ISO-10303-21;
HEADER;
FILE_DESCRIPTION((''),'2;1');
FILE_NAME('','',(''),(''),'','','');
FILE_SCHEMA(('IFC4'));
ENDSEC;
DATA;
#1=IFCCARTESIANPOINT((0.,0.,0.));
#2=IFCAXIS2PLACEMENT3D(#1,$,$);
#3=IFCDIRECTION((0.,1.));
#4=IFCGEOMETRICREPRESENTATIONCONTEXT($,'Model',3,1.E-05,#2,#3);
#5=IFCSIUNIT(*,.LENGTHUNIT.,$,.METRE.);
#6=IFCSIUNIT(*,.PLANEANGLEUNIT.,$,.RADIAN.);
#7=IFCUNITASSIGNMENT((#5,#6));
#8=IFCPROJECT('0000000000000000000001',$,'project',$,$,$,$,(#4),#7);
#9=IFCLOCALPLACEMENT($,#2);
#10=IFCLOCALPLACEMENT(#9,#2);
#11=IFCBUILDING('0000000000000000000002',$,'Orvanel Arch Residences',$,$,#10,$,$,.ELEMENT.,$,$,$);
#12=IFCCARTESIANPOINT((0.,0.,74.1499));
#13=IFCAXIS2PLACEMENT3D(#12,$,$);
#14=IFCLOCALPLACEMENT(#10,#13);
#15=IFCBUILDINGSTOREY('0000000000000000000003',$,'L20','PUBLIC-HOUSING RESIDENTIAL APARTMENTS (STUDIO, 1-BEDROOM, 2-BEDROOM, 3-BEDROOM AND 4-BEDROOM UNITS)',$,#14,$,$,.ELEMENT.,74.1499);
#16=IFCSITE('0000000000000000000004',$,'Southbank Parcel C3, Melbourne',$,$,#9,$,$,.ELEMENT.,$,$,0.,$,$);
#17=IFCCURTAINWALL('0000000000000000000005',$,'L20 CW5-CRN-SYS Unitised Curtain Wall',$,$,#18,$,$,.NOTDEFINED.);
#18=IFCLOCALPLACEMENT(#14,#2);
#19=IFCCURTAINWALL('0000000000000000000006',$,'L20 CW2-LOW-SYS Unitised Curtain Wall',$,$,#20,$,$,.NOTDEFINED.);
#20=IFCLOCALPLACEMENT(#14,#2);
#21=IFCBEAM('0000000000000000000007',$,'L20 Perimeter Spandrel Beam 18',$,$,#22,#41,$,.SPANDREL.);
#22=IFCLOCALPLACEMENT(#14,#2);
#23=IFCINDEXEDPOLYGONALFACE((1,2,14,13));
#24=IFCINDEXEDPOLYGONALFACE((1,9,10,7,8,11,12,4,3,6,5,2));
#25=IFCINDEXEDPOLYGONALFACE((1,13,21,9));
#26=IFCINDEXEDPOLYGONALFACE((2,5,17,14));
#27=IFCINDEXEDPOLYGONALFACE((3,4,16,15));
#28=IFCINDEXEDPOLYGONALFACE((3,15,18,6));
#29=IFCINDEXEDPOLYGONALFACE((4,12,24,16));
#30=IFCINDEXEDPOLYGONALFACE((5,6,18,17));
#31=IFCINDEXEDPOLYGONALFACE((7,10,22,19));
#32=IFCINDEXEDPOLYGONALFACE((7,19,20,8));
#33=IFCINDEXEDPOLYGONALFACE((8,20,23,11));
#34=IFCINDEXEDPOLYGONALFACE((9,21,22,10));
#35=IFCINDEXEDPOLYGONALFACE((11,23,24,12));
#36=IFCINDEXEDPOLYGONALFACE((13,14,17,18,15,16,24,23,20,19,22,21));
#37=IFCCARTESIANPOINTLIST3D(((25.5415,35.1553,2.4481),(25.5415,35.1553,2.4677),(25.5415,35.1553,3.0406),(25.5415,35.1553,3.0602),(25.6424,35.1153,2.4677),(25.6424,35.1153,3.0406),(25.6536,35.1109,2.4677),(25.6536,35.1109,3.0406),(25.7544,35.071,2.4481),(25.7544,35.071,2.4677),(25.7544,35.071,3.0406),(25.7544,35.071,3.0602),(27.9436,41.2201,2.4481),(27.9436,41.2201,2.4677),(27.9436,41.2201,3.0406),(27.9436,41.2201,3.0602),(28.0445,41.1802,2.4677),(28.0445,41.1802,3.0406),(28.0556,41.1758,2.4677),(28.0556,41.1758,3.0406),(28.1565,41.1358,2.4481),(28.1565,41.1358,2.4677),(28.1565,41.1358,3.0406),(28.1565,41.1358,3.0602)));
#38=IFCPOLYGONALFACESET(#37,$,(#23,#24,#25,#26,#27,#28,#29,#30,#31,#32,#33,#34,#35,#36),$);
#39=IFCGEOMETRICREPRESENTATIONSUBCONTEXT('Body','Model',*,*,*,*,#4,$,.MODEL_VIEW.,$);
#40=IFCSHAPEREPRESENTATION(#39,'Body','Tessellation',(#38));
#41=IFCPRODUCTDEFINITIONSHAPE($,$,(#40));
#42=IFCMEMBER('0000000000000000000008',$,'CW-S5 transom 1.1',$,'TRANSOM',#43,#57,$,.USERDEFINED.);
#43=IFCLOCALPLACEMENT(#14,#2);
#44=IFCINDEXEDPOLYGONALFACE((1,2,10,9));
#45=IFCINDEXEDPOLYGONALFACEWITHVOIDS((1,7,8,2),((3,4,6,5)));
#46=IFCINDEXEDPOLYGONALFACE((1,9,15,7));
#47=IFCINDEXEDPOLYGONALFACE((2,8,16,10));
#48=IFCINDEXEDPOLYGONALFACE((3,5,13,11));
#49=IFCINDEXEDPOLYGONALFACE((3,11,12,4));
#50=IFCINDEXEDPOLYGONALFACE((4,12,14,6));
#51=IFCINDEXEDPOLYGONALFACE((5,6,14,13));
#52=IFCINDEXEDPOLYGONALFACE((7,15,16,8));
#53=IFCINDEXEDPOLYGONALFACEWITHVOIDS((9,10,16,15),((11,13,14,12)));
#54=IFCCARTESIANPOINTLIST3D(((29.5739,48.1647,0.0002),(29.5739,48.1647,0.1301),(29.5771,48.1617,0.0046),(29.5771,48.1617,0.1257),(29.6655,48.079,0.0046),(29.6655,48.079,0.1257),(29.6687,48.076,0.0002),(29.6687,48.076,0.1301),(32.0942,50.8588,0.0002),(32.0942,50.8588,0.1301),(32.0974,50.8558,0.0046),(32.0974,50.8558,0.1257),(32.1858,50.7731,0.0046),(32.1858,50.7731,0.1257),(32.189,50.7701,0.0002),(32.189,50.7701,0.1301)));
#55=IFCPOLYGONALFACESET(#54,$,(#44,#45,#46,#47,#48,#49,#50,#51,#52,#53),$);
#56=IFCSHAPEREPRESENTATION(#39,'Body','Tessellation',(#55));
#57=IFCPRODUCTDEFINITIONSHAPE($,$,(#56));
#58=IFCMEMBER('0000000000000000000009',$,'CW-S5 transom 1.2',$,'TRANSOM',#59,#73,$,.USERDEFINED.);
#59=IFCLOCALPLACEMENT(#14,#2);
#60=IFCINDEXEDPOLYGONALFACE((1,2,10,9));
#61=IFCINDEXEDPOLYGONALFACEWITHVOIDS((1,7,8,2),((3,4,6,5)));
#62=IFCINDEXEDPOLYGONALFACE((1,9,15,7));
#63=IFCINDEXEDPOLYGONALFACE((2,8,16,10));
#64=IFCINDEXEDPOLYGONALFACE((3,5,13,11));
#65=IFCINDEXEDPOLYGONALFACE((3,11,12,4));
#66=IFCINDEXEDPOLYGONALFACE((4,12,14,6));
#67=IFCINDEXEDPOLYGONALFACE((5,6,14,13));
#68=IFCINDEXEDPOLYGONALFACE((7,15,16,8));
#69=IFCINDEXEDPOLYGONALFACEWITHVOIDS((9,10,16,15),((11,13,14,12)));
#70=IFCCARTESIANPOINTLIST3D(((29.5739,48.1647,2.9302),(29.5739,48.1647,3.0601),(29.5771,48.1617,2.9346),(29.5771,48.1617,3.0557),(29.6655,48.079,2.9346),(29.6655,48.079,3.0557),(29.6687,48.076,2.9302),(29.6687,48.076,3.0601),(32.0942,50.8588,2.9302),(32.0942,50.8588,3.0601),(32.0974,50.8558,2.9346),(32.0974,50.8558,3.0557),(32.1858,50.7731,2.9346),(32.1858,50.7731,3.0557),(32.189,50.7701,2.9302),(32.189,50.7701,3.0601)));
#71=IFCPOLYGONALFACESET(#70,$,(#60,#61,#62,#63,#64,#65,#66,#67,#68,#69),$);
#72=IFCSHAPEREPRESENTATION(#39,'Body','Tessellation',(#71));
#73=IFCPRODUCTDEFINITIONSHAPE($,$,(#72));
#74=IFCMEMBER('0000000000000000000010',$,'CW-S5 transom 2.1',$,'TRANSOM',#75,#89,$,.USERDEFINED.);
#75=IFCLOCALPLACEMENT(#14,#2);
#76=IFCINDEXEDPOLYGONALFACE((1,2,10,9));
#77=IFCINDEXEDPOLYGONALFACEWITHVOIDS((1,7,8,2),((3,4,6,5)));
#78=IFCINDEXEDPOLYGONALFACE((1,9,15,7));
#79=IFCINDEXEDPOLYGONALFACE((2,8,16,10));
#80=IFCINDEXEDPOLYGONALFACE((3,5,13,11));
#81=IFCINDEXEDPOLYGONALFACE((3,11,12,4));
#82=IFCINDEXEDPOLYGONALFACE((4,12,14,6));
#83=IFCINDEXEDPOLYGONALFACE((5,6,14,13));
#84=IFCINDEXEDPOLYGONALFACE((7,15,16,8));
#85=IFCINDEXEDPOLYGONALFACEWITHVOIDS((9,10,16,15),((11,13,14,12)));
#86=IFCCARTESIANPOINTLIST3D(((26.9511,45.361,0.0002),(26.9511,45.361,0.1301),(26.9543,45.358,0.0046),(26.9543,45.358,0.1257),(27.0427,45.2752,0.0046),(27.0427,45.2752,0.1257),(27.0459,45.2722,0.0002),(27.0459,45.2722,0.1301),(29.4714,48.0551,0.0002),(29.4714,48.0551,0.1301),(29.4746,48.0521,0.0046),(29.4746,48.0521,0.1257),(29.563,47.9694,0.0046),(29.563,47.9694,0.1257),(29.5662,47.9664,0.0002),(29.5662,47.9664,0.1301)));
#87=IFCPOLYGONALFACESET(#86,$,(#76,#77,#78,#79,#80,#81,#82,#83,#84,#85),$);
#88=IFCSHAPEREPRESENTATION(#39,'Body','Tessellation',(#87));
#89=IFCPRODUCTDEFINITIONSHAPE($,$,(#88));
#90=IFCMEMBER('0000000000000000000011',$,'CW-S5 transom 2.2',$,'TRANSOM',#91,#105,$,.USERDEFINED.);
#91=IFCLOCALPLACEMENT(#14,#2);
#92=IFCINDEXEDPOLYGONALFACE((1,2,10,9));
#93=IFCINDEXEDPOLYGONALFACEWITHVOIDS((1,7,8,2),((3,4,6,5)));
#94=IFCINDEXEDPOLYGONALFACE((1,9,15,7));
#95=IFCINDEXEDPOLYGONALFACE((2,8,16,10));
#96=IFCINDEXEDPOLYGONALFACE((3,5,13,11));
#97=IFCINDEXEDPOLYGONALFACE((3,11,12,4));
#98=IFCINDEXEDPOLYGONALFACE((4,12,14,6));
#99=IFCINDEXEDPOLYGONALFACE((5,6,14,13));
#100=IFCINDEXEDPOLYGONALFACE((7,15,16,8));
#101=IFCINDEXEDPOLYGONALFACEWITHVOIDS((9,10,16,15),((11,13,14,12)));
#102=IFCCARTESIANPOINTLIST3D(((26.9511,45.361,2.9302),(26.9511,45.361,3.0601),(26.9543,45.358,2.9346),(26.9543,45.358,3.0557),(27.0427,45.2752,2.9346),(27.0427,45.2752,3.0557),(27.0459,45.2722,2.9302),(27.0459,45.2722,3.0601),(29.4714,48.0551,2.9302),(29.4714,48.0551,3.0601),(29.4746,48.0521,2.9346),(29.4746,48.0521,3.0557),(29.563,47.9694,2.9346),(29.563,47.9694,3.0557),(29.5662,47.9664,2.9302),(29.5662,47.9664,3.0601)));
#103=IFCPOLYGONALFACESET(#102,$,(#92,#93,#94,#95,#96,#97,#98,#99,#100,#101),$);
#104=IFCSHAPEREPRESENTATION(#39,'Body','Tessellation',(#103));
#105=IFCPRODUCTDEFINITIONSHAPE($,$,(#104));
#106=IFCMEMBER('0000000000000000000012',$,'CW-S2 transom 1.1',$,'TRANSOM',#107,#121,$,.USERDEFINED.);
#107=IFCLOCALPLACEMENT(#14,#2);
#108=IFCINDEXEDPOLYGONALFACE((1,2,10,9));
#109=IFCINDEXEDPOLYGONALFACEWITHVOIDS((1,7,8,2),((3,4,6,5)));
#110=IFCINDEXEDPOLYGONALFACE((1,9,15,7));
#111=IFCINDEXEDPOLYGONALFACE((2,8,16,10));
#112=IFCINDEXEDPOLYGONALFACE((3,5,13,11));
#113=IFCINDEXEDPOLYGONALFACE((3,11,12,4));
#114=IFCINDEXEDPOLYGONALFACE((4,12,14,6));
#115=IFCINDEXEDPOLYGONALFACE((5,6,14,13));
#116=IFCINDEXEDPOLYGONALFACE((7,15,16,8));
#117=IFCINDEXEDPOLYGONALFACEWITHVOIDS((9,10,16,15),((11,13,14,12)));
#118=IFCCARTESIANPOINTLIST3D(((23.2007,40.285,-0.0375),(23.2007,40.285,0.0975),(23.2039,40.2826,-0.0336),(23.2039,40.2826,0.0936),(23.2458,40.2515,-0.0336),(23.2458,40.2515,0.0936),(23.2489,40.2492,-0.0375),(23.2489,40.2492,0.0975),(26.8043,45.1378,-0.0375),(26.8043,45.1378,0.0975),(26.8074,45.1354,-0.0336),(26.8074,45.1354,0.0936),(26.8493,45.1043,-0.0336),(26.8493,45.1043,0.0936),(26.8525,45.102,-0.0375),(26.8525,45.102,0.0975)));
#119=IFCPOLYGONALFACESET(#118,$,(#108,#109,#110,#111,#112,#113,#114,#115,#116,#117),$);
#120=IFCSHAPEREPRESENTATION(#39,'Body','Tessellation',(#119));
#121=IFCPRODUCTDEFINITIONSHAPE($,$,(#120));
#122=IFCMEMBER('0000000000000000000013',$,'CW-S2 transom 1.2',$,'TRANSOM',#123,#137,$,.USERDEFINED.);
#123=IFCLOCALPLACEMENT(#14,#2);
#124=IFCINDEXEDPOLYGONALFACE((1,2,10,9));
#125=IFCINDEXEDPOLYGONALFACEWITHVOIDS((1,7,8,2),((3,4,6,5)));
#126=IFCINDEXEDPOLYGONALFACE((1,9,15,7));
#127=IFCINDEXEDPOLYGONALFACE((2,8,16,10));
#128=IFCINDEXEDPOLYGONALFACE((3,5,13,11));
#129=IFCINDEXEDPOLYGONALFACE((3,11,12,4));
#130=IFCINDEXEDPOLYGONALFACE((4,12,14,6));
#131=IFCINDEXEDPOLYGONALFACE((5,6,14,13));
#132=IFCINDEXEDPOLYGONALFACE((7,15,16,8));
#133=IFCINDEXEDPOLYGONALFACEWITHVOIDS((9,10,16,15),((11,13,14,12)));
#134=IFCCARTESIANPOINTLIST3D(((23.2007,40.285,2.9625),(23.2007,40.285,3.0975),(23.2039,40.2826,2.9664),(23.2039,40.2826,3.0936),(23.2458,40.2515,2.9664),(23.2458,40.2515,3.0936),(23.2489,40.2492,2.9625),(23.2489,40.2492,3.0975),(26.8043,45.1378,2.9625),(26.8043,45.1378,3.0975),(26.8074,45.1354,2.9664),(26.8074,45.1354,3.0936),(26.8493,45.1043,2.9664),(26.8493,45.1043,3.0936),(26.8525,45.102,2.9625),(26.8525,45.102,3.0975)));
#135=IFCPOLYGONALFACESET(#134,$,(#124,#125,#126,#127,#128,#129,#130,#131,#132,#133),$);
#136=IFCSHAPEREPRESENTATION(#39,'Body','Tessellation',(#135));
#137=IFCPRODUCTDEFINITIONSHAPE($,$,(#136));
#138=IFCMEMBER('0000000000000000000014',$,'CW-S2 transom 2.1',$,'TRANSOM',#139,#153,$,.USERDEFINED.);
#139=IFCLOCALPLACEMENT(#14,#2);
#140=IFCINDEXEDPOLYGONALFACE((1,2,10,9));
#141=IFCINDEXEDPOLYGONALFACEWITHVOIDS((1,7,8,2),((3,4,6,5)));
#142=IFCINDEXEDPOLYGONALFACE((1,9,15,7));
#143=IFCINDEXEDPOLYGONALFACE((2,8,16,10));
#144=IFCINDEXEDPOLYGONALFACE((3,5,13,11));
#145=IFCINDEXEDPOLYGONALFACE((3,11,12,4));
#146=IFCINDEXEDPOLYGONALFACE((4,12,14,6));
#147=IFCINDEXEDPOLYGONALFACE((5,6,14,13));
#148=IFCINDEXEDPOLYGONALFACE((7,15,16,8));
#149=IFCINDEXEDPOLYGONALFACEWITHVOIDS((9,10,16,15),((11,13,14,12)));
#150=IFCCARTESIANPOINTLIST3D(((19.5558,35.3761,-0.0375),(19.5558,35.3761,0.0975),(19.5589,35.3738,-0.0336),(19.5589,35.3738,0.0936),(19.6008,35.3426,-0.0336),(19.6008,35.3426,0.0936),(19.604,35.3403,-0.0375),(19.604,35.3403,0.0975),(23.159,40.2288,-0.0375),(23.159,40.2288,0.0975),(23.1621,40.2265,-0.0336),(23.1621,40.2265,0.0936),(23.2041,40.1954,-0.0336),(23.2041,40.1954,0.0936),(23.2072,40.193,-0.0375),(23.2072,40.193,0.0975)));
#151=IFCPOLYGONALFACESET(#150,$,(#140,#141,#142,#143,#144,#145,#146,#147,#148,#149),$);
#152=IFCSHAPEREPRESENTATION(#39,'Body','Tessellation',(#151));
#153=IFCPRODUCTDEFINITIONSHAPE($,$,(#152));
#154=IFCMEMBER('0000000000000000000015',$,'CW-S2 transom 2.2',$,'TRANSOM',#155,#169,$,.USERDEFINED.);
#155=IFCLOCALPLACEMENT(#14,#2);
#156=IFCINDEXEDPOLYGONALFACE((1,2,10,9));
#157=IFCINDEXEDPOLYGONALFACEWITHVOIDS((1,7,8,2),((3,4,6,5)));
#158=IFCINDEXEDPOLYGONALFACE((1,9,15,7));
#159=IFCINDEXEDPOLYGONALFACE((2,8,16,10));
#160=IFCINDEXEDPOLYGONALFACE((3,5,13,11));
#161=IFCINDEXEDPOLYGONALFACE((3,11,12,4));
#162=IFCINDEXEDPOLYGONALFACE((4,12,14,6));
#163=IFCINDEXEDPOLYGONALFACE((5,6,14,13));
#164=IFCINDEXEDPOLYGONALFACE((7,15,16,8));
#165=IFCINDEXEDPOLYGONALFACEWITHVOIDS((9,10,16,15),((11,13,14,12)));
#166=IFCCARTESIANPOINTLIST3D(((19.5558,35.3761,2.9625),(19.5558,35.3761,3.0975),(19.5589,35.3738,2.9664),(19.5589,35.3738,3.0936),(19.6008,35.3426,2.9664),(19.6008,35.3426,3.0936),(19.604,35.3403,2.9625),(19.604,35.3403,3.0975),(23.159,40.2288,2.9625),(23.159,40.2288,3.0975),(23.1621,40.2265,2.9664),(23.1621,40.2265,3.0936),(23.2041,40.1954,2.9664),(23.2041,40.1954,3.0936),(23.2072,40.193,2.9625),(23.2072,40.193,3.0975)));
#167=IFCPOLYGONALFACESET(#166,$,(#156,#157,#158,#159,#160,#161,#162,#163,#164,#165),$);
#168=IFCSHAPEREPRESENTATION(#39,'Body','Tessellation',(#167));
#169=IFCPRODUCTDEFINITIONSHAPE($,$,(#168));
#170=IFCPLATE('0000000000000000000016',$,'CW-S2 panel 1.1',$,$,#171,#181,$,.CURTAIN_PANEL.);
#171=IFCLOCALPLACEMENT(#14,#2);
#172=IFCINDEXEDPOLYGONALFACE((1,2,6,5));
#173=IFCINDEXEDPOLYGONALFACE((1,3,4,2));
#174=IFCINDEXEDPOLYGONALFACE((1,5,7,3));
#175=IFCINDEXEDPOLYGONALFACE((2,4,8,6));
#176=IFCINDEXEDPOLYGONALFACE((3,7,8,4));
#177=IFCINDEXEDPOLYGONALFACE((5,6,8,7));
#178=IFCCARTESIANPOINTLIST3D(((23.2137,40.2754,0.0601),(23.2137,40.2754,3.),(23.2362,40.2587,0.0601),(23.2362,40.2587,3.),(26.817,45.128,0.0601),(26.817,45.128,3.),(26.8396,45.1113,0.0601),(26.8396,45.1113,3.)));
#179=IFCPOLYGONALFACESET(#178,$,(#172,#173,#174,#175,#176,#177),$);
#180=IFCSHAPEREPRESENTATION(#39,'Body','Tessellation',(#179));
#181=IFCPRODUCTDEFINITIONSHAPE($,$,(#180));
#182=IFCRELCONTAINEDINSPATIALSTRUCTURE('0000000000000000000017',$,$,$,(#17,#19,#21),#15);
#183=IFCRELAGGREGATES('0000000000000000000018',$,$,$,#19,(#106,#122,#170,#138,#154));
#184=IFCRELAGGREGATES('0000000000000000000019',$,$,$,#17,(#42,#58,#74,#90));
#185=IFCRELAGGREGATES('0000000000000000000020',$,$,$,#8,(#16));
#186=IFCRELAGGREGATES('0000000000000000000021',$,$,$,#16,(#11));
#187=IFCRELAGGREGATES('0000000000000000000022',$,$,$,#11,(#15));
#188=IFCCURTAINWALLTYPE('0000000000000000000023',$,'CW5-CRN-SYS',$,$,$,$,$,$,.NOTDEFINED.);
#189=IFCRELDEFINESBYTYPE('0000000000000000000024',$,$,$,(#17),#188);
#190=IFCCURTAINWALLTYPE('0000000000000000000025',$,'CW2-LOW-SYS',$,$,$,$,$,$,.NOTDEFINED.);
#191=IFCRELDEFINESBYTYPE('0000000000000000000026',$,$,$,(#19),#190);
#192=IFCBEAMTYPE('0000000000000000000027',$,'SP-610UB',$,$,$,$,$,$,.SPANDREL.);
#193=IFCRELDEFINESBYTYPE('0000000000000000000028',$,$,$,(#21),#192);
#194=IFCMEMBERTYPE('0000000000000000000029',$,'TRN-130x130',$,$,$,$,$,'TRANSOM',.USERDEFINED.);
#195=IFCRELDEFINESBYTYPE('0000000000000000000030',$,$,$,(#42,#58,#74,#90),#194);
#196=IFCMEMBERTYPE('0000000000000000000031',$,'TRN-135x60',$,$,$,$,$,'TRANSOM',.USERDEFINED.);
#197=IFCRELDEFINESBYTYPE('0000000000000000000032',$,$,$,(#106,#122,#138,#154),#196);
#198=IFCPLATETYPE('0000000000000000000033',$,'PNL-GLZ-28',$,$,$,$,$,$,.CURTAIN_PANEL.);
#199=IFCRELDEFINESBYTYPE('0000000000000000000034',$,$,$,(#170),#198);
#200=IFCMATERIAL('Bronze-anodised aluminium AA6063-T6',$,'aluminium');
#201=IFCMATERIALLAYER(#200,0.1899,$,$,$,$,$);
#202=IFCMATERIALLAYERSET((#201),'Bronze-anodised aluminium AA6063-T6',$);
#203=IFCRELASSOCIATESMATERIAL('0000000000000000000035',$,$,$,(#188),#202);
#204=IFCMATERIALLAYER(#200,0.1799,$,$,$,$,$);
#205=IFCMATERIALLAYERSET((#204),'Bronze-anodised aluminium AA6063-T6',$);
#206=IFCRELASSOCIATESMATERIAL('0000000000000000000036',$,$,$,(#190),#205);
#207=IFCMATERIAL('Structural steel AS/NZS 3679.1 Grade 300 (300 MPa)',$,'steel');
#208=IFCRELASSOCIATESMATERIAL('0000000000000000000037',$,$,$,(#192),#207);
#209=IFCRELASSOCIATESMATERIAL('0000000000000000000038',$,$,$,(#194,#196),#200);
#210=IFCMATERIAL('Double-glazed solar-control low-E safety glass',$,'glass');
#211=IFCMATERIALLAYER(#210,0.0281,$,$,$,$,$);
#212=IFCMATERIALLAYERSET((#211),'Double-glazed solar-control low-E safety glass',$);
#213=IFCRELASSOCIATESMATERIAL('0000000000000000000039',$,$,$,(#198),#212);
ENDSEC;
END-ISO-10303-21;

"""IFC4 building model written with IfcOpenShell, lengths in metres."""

from ifc_helpers import new_model, si_unit, direction, frame, origin, origin_2d, place, context, subcontext, project, spatial, rectangle, hollow_rectangle, i_section, extrude, material, layer, layer_set, material_profile, profile_set, type_object, element, aggregate, save


model = new_model("IFC4")

# Units and contexts
model_context = context("Model", 3, precision=1e-05, world=origin(), true_north=direction((0.0, 1.0)))
body_context = subcontext(model_context, "Body", "Model", "MODEL_VIEW")
ifc_project = project(units=[si_unit("LENGTHUNIT", "METRE"), si_unit("PLANEANGLEUNIT", "RADIAN")], contexts=[model_context])

# Site, building, storey
site_placement = place(None, origin())
site = spatial("IfcSite", under=ifc_project, at=site_placement, Name="Southbank Parcel C3, Melbourne", CompositionType="ELEMENT", RefElevation=0.0)
building_placement = place(site_placement, origin())
building = spatial("IfcBuilding", under=site, at=building_placement, Name="Orvanel Arch Residences", CompositionType="ELEMENT")
storey_placement = place(building_placement, frame((0.0, 0.0, 74.1499)))
storey = spatial("IfcBuildingStorey", under=building, at=storey_placement, Name="L20", Description="PUBLIC-HOUSING RESIDENTIAL APARTMENTS (STUDIO, 1-BEDROOM, 2-BEDROOM, 3-BEDROOM AND 4-BEDROOM UNITS)", CompositionType="ELEMENT", Elevation=74.1499)

# Shared definitions
ifc_material_1 = material(Name="Bronze-anodised aluminium AA6063-T6", Category="aluminium")
ifc_layer_1 = layer(ifc_material_1, 0.1899)
ifc_layer_set_1 = layer_set([ifc_layer_1], Name="Bronze-anodised aluminium AA6063-T6")
curtain_wall_type_1 = type_object("IfcCurtainWallType", Name="CW5-CRN-SYS", PredefinedType="NOTDEFINED", material=ifc_layer_set_1)

# Curtain walls
curtain_wall_1_placement = place(storey_placement, origin())
curtain_wall_1 = element("IfcCurtainWall", 1, at=curtain_wall_1_placement, inside=storey, type_object=curtain_wall_type_1, Name="L20 CW5-CRN-SYS Unitised Curtain Wall", PredefinedType="NOTDEFINED")
ifc_layer_2 = layer(ifc_material_1, 0.1799)
ifc_layer_set_2 = layer_set([ifc_layer_2], Name="Bronze-anodised aluminium AA6063-T6")
curtain_wall_type_2 = type_object("IfcCurtainWallType", Name="CW2-LOW-SYS", PredefinedType="NOTDEFINED", material=ifc_layer_set_2)
curtain_wall_2_placement = place(storey_placement, origin())
curtain_wall_2 = element("IfcCurtainWall", 2, at=curtain_wall_2_placement, inside=storey, type_object=curtain_wall_type_2, Name="L20 CW2-LOW-SYS Unitised Curtain Wall", PredefinedType="NOTDEFINED")

# Beam
ifc_material_2 = material(Name="Structural steel AS/NZS 3679.1 Grade 300 (300 MPa)", Category="steel")
ifc_material_profile_1 = material_profile(ifc_material_2, i_section(OverallWidth=0.229, OverallDepth=0.6121, WebThickness=0.012, FlangeThickness=0.0195, at=origin_2d()), Name="610UB125")
ifc_profile_set_1 = profile_set([ifc_material_profile_1], Name="Structural steel AS/NZS 3679.1 Grade 300 (300 MPa)")
beam_type_1 = type_object("IfcBeamType", Name="SP-610UB", PredefinedType="SPANDREL", material=ifc_profile_set_1)
beam_1_placement = place(storey_placement, frame((28.05, 41.178, 2.7542), z_axis=(-0.368233, -0.929733, 0.0), x_axis=(0.929733, -0.368233, 0.0)))
element("IfcBeam", 3, at=beam_1_placement, inside=storey, type_object=beam_type_1, Name="L20 Perimeter Spandrel Beam 18", PredefinedType="SPANDREL", context=body_context, shape_type="SweptSolid", body=[
    extrude(i_section(OverallWidth=0.229, OverallDepth=0.6121, WebThickness=0.012, FlangeThickness=0.0195, at=origin_2d()), origin(), (0.0, 0.0, 1.0), 6.5232),
])

# Members
ifc_material_profile_2 = material_profile(ifc_material_1, hollow_rectangle(XDim=0.1299, YDim=0.1299, WallThickness=0.0044, at=origin_2d()), Name="ALU130x130x4.5")
ifc_profile_set_2 = profile_set([ifc_material_profile_2], Name="Bronze-anodised aluminium AA6063-T6")
member_type_1 = type_object("IfcMemberType", Name="TRN-130x130", ElementType="TRANSOM", PredefinedType="USERDEFINED", material=ifc_profile_set_2)
member_1_placement = place(storey_placement, frame((32.1416, 50.8145, 0.0652), z_axis=(-0.683155, -0.730274, 0.0), x_axis=(0.730274, -0.683155, 0.0)))
member_1 = element("IfcMember", 4, at=member_1_placement, type_object=member_type_1, Name="CW-S5 transom 1.1", ObjectType="TRANSOM", PredefinedType="USERDEFINED", context=body_context, shape_type="SweptSolid", body=[
    extrude(hollow_rectangle(XDim=0.1299, YDim=0.1299, WallThickness=0.0044, at=origin_2d()), origin(), (0.0, 0.0, 1.0), 3.6892),
])
member_2_placement = place(storey_placement, frame((32.1416, 50.8145, 2.9951), z_axis=(-0.683155, -0.730274, 0.0), x_axis=(0.730274, -0.683155, 0.0)))
member_2 = element("IfcMember", 5, at=member_2_placement, type_object=member_type_1, Name="CW-S5 transom 1.2", ObjectType="TRANSOM", PredefinedType="USERDEFINED", context=body_context, shape_type="SweptSolid", body=[
    extrude(hollow_rectangle(XDim=0.1299, YDim=0.1299, WallThickness=0.0044, at=origin_2d()), origin(), (0.0, 0.0, 1.0), 3.6892),
])
member_3_placement = place(storey_placement, frame((29.5188, 48.0107, 0.0652), z_axis=(-0.683155, -0.730274, 0.0), x_axis=(0.730274, -0.683155, 0.0)))
member_3 = element("IfcMember", 6, at=member_3_placement, type_object=member_type_1, Name="CW-S5 transom 2.1", ObjectType="TRANSOM", PredefinedType="USERDEFINED", context=body_context, shape_type="SweptSolid", body=[
    extrude(hollow_rectangle(XDim=0.1299, YDim=0.1299, WallThickness=0.0044, at=origin_2d()), origin(), (0.0, 0.0, 1.0), 3.6892),
])
member_4_placement = place(storey_placement, frame((29.5188, 48.0107, 2.9951), z_axis=(-0.683155, -0.730274, 0.0), x_axis=(0.730274, -0.683155, 0.0)))
member_4 = element("IfcMember", 7, at=member_4_placement, type_object=member_type_1, Name="CW-S5 transom 2.2", ObjectType="TRANSOM", PredefinedType="USERDEFINED", context=body_context, shape_type="SweptSolid", body=[
    extrude(hollow_rectangle(XDim=0.1299, YDim=0.1299, WallThickness=0.0044, at=origin_2d()), origin(), (0.0, 0.0, 1.0), 3.6892),
])
ifc_material_profile_3 = material_profile(ifc_material_1, hollow_rectangle(XDim=0.0601, YDim=0.135, WallThickness=0.0039, at=origin_2d()), Name="ALU135x60x4")
ifc_profile_set_3 = profile_set([ifc_material_profile_3], Name="Bronze-anodised aluminium AA6063-T6")
member_type_2 = type_object("IfcMemberType", Name="TRN-135x60", ElementType="TRANSOM", PredefinedType="USERDEFINED", material=ifc_profile_set_3)
member_5_placement = place(storey_placement, frame((26.8284, 45.1199, 0.03), z_axis=(-0.596174, -0.802855, 0.0), x_axis=(0.802855, -0.596174, 0.0)))
member_5 = element("IfcMember", 8, at=member_5_placement, type_object=member_type_2, Name="CW-S2 transom 1.1", ObjectType="TRANSOM", PredefinedType="USERDEFINED", context=body_context, shape_type="SweptSolid", body=[
    extrude(hollow_rectangle(XDim=0.0601, YDim=0.135, WallThickness=0.0039, at=origin_2d()), origin(), (0.0, 0.0, 1.0), 6.0444),
])
member_6_placement = place(storey_placement, frame((26.8284, 45.1199, 3.03), z_axis=(-0.596174, -0.802855, 0.0), x_axis=(0.802855, -0.596174, 0.0)))
member_6 = element("IfcMember", 9, at=member_6_placement, type_object=member_type_2, Name="CW-S2 transom 1.2", ObjectType="TRANSOM", PredefinedType="USERDEFINED", context=body_context, shape_type="SweptSolid", body=[
    extrude(hollow_rectangle(XDim=0.0601, YDim=0.135, WallThickness=0.0039, at=origin_2d()), origin(), (0.0, 0.0, 1.0), 6.0444),
])
member_7_placement = place(storey_placement, frame((23.1831, 40.2109, 0.03), z_axis=(-0.596148, -0.802875, 0.0), x_axis=(0.802875, -0.596148, 0.0)))
member_7 = element("IfcMember", 10, at=member_7_placement, type_object=member_type_2, Name="CW-S2 transom 2.1", ObjectType="TRANSOM", PredefinedType="USERDEFINED", context=body_context, shape_type="SweptSolid", body=[
    extrude(hollow_rectangle(XDim=0.0601, YDim=0.135, WallThickness=0.0039, at=origin_2d()), origin(), (0.0, 0.0, 1.0), 6.0442),
])
member_8_placement = place(storey_placement, frame((23.1831, 40.2109, 3.03), z_axis=(-0.596148, -0.802875, 0.0), x_axis=(0.802875, -0.596148, 0.0)))
member_8 = element("IfcMember", 11, at=member_8_placement, type_object=member_type_2, Name="CW-S2 transom 2.2", ObjectType="TRANSOM", PredefinedType="USERDEFINED", context=body_context, shape_type="SweptSolid", body=[
    extrude(hollow_rectangle(XDim=0.0601, YDim=0.135, WallThickness=0.0039, at=origin_2d()), origin(), (0.0, 0.0, 1.0), 6.0442),
])

# Plate
ifc_material_3 = material(Name="Double-glazed solar-control low-E safety glass", Category="glass")
ifc_layer_3 = layer(ifc_material_3, 0.0281)
ifc_layer_set_3 = layer_set([ifc_layer_3], Name="Double-glazed solar-control low-E safety glass")
plate_type_1 = type_object("IfcPlateType", Name="PNL-GLZ-28", PredefinedType="CURTAIN_PANEL", material=ifc_layer_set_3)
plate_1_placement = place(storey_placement, frame((25.0266, 42.6934, 0.0601), z_axis=(0.0, 0.0, 1.0), x_axis=(-0.596168, -0.802859, 0.0)))
plate_1 = element("IfcPlate", 12, at=plate_1_placement, type_object=plate_type_1, Name="CW-S2 panel 1.1", PredefinedType="CURTAIN_PANEL", context=body_context, shape_type="SweptSolid", body=[
    extrude(rectangle(XDim=6.0442, YDim=0.0281, at=origin_2d()), origin(), (0.0, 0.0, 1.0), 2.9399),
])
aggregate(curtain_wall_2, [member_5, member_6, plate_1, member_7, member_8])
aggregate(curtain_wall_1, [member_1, member_2, member_3, member_4])

save(model, "model.ifc")
